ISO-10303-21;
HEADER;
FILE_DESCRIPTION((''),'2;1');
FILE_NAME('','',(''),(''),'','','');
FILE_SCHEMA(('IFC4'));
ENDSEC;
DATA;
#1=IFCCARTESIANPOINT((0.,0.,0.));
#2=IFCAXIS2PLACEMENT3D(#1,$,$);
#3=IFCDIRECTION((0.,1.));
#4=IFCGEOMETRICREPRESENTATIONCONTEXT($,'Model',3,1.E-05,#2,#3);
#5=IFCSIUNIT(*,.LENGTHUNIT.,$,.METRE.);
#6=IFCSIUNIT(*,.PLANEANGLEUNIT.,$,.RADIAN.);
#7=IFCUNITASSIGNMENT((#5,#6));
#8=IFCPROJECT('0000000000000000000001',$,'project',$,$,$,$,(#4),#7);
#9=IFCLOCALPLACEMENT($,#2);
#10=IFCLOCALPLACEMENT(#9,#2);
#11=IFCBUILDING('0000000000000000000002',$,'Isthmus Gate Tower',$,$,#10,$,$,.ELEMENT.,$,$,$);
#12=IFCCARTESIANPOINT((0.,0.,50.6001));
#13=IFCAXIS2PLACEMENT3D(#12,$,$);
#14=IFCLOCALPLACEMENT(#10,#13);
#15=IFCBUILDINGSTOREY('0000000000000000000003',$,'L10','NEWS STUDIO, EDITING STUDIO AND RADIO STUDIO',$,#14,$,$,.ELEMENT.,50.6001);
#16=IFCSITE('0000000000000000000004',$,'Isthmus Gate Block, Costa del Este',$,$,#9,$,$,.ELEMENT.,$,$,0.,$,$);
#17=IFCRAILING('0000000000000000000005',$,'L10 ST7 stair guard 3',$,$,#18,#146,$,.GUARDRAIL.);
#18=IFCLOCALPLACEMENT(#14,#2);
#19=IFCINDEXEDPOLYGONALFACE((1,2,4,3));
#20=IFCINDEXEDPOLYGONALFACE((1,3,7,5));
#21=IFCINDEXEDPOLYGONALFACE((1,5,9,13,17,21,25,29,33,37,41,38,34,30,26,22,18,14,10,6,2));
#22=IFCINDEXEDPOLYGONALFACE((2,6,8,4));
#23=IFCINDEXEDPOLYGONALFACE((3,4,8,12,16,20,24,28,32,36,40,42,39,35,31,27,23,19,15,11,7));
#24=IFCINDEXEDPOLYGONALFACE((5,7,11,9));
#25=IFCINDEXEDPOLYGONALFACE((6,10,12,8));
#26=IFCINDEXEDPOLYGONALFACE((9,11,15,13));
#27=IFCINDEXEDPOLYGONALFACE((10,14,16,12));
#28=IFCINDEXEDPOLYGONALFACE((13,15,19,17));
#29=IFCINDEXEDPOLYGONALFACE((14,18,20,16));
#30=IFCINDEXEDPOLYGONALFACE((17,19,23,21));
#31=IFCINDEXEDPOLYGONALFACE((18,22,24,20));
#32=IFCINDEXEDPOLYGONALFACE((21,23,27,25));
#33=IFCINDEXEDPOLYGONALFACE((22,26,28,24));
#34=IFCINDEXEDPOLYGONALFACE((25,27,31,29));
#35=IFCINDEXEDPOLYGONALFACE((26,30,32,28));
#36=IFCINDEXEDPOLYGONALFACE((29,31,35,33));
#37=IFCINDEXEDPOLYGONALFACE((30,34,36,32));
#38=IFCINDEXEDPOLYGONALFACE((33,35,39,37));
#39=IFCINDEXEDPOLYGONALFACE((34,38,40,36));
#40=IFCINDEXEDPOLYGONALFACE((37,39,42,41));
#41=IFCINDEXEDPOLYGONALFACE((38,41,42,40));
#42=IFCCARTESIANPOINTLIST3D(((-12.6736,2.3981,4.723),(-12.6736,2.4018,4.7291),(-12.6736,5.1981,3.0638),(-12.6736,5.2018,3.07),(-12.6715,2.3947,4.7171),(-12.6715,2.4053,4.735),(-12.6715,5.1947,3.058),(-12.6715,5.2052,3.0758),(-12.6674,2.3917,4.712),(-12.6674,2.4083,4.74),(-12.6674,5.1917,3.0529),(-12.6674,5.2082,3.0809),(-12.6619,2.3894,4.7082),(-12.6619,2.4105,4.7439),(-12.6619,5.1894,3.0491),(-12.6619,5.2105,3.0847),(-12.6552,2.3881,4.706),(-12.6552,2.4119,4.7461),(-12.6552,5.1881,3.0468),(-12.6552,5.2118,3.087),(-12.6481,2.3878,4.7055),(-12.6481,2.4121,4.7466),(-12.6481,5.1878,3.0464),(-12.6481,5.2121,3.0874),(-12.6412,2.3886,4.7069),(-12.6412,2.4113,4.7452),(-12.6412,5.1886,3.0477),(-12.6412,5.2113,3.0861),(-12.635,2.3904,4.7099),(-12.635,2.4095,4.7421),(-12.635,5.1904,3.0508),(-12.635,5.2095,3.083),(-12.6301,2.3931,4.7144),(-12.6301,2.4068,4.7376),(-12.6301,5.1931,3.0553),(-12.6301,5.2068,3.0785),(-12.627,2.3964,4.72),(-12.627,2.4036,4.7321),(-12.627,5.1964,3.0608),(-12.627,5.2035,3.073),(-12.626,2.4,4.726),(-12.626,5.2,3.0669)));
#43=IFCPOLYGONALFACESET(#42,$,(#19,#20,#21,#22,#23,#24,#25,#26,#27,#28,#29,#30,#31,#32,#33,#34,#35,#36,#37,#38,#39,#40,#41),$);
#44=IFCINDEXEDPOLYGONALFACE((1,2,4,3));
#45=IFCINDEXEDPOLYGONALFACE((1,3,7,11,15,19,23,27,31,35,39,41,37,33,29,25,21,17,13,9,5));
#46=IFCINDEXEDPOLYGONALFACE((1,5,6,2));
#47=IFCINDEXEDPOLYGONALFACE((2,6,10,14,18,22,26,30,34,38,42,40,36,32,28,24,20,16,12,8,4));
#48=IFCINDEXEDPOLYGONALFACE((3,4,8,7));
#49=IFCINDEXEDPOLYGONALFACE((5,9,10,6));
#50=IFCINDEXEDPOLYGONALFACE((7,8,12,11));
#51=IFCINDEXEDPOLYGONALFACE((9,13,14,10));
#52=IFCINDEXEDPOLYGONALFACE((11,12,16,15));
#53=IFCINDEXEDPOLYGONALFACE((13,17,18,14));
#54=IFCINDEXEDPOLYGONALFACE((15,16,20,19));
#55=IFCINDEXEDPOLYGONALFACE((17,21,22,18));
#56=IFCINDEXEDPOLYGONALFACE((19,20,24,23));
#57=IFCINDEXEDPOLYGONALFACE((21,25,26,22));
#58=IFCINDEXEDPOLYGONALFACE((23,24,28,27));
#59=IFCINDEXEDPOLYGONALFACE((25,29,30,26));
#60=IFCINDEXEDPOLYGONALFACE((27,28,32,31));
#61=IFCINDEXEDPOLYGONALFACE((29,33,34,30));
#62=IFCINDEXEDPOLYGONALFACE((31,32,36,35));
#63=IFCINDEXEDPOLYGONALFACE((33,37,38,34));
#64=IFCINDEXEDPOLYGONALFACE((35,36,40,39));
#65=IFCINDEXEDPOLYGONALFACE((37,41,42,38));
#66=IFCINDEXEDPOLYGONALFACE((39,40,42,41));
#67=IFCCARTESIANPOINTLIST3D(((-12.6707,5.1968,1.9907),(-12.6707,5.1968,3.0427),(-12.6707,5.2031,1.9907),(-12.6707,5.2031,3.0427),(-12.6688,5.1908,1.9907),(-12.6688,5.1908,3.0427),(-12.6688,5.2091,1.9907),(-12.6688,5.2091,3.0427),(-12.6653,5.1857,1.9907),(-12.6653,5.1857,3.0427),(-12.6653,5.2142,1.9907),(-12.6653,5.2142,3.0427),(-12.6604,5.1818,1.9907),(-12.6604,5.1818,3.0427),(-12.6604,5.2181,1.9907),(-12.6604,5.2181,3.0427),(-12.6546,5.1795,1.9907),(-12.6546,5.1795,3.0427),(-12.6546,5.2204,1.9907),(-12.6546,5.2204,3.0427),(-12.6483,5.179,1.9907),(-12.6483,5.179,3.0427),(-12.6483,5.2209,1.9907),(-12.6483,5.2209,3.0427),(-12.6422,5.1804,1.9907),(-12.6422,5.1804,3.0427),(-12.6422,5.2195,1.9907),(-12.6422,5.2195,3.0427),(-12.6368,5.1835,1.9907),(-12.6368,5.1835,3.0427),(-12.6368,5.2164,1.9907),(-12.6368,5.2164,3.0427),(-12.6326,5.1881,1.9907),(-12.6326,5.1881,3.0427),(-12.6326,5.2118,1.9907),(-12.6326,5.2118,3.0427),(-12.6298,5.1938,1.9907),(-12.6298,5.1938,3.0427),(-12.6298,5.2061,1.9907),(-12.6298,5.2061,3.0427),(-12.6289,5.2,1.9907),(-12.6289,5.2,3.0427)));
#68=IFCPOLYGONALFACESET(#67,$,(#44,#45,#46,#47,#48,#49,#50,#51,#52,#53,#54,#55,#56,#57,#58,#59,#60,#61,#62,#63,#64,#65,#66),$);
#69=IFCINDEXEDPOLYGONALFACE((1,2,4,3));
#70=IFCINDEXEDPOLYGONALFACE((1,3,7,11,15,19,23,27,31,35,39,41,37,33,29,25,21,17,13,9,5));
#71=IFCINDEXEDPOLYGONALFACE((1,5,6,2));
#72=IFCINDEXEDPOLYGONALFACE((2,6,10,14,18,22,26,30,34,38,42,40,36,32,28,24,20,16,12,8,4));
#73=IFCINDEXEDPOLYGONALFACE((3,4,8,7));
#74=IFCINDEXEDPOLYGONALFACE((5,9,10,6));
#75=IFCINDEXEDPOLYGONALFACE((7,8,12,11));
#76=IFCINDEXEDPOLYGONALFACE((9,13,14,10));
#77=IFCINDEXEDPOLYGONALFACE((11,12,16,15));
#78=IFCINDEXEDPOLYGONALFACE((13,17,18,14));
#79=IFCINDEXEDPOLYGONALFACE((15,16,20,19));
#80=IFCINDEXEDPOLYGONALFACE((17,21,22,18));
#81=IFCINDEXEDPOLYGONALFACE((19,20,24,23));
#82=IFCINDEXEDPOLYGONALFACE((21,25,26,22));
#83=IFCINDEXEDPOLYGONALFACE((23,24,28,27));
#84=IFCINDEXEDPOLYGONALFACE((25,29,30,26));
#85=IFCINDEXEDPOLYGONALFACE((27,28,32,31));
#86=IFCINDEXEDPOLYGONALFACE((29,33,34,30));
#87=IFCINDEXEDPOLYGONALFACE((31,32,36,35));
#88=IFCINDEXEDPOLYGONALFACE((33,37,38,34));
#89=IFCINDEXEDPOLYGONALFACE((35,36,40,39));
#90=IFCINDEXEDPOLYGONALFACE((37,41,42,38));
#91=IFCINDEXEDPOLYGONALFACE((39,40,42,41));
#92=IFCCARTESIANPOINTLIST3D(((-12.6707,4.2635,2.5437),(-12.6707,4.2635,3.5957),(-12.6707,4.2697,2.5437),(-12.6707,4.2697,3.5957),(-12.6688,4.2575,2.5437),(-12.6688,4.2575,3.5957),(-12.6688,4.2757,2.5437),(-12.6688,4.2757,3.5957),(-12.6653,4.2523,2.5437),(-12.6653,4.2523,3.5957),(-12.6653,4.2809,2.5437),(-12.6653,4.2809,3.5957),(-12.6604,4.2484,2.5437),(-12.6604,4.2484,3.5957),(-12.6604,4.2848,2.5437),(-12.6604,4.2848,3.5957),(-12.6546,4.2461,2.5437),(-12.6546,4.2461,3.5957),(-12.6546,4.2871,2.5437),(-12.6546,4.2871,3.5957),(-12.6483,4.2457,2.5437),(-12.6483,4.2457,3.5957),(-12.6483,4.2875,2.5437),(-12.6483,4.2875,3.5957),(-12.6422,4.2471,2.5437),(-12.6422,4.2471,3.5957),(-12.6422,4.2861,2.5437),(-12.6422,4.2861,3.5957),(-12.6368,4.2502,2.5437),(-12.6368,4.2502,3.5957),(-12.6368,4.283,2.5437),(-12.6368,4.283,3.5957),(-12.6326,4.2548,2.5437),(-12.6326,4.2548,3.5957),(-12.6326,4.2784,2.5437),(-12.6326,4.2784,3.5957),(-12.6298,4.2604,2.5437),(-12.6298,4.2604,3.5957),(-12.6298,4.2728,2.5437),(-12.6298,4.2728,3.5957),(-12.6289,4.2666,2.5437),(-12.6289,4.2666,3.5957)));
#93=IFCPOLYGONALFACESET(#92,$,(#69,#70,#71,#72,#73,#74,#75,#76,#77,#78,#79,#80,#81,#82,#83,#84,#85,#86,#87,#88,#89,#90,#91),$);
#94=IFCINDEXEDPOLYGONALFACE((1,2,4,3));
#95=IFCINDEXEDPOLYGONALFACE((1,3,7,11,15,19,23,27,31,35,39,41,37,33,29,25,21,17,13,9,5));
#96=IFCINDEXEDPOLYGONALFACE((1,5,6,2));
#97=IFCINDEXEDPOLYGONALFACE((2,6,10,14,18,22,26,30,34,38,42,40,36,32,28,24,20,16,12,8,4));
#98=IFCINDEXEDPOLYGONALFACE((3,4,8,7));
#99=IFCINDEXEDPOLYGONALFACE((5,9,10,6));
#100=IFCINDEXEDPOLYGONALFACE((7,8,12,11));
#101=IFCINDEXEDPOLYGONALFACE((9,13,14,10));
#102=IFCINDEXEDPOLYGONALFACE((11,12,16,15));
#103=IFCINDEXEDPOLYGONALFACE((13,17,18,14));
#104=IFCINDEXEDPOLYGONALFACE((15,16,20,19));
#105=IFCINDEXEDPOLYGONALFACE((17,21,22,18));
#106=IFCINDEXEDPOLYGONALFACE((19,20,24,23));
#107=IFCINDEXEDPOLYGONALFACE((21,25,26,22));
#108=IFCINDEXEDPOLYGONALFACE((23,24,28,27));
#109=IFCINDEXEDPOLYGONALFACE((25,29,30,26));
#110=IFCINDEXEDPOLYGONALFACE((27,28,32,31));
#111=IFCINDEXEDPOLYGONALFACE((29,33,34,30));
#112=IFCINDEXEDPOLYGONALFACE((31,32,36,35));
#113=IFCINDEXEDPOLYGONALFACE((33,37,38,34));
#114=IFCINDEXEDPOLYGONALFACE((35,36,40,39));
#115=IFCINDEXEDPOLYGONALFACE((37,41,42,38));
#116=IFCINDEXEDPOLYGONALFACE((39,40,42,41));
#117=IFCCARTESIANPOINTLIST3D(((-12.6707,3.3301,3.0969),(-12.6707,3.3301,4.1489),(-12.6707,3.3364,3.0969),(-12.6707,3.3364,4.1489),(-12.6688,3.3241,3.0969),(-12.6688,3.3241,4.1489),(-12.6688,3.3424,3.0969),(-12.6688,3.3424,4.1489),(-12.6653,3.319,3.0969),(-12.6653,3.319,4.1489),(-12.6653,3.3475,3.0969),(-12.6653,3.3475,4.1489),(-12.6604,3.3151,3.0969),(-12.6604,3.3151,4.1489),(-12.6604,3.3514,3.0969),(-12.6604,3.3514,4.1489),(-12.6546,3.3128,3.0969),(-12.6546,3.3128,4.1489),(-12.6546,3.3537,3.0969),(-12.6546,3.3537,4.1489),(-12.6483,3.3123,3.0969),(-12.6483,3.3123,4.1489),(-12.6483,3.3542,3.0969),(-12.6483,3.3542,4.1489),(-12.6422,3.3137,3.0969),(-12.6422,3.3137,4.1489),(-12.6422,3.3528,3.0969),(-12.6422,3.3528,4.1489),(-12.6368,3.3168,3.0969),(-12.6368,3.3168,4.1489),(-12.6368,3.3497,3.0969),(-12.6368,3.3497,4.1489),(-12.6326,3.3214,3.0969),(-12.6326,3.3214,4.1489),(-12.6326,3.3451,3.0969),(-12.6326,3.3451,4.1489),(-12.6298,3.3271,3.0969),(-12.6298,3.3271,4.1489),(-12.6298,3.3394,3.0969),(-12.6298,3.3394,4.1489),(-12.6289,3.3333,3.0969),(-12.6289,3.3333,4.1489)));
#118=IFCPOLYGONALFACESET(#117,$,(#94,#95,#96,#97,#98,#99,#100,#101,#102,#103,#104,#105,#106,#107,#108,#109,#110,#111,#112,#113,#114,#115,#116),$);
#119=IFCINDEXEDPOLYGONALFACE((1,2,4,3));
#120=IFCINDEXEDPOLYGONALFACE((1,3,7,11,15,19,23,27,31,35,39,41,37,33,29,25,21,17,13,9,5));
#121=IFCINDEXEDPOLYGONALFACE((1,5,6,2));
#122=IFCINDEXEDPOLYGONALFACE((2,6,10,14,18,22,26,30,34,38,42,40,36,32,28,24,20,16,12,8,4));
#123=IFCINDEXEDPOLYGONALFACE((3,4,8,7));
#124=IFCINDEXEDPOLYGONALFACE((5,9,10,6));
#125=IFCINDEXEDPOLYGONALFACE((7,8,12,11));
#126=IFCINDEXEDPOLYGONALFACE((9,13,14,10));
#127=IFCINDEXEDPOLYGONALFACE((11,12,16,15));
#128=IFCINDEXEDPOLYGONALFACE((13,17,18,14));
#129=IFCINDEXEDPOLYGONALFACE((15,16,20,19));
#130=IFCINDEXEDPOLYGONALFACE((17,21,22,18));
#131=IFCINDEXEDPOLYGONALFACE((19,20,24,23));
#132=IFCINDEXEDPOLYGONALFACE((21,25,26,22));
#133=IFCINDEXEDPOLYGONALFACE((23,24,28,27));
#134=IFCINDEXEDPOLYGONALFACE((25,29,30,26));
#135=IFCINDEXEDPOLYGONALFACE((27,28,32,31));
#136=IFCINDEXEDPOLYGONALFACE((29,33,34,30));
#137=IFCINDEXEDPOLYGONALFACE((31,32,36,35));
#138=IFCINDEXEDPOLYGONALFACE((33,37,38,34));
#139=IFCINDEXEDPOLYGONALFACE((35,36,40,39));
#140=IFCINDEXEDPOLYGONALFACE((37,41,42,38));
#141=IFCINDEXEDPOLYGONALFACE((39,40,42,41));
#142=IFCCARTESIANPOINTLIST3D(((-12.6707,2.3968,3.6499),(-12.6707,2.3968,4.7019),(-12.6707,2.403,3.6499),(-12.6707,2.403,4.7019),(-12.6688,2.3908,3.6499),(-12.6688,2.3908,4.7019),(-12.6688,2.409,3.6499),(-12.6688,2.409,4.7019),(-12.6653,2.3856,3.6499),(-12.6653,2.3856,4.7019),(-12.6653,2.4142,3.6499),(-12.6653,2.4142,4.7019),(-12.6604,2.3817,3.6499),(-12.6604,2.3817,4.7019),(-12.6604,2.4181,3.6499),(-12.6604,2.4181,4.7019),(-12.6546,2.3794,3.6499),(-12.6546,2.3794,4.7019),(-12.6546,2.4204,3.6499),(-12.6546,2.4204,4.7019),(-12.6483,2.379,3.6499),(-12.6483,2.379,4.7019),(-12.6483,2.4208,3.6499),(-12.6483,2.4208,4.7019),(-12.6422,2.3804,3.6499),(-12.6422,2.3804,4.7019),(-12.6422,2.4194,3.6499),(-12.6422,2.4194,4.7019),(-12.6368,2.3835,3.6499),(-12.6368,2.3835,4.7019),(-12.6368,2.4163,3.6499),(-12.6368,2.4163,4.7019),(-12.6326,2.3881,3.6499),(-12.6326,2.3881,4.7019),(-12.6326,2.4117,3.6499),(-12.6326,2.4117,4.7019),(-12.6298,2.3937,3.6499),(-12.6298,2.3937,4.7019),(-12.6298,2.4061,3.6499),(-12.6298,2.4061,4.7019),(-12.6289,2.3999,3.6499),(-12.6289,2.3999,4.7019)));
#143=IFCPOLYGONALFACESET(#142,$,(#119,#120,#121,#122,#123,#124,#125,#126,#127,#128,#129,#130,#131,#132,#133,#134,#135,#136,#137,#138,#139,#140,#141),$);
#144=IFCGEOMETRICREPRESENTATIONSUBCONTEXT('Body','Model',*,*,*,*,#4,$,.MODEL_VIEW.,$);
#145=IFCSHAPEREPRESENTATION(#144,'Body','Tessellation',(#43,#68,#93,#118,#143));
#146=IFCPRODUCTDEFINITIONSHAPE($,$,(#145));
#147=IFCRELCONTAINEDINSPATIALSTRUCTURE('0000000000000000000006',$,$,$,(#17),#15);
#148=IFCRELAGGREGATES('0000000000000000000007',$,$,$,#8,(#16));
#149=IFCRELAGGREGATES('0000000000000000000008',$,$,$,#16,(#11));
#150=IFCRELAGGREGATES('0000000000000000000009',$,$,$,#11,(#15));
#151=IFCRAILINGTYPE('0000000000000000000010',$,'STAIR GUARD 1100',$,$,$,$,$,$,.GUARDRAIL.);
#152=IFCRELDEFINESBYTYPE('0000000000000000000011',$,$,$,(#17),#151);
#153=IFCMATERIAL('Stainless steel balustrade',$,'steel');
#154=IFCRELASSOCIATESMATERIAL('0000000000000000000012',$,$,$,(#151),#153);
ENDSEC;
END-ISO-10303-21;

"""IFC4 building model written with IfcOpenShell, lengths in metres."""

from ifc_helpers import new_model, si_unit, direction, frame, origin, origin_2d, place, context, subcontext, project, spatial, circle, extrude, material, type_object, element, save


model = new_model("IFC4")

# Units and contexts
model_context = context("Model", 3, precision=1e-05, world=origin(), true_north=direction((0.0, 1.0)))
body_context = subcontext(model_context, "Body", "Model", "MODEL_VIEW")
ifc_project = project(units=[si_unit("LENGTHUNIT", "METRE"), si_unit("PLANEANGLEUNIT", "RADIAN")], contexts=[model_context])

# Site, building, storey
site_placement = place(None, origin())
site = spatial("IfcSite", under=ifc_project, at=site_placement, Name="Isthmus Gate Block, Costa del Este", CompositionType="ELEMENT", RefElevation=0.0)
building_placement = place(site_placement, origin())
building = spatial("IfcBuilding", under=site, at=building_placement, Name="Isthmus Gate Tower", CompositionType="ELEMENT")
storey_placement = place(building_placement, frame((0.0, 0.0, 50.6001)))
storey = spatial("IfcBuildingStorey", under=building, at=storey_placement, Name="L10", Description="NEWS STUDIO, EDITING STUDIO AND RADIO STUDIO", CompositionType="ELEMENT", Elevation=50.6001)

# Railing
ifc_material_1 = material(Name="Stainless steel balustrade", Category="steel")
railing_type_1 = type_object("IfcRailingType", Name="STAIR GUARD 1100", PredefinedType="GUARDRAIL", material=ifc_material_1)
railing_1_placement = place(storey_placement, frame((-12.6499, 5.2, 1.9907)))
element("IfcRailing", 1, at=railing_1_placement, inside=storey, type_object=railing_type_1, Name="L10 ST7 stair guard 3", PredefinedType="GUARDRAIL", context=body_context, shape_type="SweptSolid", body=[
    extrude(circle(Radius=0.0239, at=origin_2d()), frame((0.0, 0.0, 1.0762), z_axis=(0.0, -0.860306, 0.509778), x_axis=(1.0, 0.0, 0.0)), (0.0, 0.0, 1.0), 3.2546),
    extrude(circle(Radius=0.021, at=origin_2d()), origin(), (0.0, 0.0, 1.0), 1.052),
    extrude(circle(Radius=0.021, at=origin_2d()), frame((0.0, -0.9333, 0.553)), (0.0, 0.0, 1.0), 1.052),
    extrude(circle(Radius=0.021, at=origin_2d()), frame((0.0, -1.8667, 1.1062)), (0.0, 0.0, 1.0), 1.052),
    extrude(circle(Radius=0.021, at=origin_2d()), frame((0.0, -2.8, 1.6592)), (0.0, 0.0, 1.0), 1.052),
])

save(model, "model.ifc")
